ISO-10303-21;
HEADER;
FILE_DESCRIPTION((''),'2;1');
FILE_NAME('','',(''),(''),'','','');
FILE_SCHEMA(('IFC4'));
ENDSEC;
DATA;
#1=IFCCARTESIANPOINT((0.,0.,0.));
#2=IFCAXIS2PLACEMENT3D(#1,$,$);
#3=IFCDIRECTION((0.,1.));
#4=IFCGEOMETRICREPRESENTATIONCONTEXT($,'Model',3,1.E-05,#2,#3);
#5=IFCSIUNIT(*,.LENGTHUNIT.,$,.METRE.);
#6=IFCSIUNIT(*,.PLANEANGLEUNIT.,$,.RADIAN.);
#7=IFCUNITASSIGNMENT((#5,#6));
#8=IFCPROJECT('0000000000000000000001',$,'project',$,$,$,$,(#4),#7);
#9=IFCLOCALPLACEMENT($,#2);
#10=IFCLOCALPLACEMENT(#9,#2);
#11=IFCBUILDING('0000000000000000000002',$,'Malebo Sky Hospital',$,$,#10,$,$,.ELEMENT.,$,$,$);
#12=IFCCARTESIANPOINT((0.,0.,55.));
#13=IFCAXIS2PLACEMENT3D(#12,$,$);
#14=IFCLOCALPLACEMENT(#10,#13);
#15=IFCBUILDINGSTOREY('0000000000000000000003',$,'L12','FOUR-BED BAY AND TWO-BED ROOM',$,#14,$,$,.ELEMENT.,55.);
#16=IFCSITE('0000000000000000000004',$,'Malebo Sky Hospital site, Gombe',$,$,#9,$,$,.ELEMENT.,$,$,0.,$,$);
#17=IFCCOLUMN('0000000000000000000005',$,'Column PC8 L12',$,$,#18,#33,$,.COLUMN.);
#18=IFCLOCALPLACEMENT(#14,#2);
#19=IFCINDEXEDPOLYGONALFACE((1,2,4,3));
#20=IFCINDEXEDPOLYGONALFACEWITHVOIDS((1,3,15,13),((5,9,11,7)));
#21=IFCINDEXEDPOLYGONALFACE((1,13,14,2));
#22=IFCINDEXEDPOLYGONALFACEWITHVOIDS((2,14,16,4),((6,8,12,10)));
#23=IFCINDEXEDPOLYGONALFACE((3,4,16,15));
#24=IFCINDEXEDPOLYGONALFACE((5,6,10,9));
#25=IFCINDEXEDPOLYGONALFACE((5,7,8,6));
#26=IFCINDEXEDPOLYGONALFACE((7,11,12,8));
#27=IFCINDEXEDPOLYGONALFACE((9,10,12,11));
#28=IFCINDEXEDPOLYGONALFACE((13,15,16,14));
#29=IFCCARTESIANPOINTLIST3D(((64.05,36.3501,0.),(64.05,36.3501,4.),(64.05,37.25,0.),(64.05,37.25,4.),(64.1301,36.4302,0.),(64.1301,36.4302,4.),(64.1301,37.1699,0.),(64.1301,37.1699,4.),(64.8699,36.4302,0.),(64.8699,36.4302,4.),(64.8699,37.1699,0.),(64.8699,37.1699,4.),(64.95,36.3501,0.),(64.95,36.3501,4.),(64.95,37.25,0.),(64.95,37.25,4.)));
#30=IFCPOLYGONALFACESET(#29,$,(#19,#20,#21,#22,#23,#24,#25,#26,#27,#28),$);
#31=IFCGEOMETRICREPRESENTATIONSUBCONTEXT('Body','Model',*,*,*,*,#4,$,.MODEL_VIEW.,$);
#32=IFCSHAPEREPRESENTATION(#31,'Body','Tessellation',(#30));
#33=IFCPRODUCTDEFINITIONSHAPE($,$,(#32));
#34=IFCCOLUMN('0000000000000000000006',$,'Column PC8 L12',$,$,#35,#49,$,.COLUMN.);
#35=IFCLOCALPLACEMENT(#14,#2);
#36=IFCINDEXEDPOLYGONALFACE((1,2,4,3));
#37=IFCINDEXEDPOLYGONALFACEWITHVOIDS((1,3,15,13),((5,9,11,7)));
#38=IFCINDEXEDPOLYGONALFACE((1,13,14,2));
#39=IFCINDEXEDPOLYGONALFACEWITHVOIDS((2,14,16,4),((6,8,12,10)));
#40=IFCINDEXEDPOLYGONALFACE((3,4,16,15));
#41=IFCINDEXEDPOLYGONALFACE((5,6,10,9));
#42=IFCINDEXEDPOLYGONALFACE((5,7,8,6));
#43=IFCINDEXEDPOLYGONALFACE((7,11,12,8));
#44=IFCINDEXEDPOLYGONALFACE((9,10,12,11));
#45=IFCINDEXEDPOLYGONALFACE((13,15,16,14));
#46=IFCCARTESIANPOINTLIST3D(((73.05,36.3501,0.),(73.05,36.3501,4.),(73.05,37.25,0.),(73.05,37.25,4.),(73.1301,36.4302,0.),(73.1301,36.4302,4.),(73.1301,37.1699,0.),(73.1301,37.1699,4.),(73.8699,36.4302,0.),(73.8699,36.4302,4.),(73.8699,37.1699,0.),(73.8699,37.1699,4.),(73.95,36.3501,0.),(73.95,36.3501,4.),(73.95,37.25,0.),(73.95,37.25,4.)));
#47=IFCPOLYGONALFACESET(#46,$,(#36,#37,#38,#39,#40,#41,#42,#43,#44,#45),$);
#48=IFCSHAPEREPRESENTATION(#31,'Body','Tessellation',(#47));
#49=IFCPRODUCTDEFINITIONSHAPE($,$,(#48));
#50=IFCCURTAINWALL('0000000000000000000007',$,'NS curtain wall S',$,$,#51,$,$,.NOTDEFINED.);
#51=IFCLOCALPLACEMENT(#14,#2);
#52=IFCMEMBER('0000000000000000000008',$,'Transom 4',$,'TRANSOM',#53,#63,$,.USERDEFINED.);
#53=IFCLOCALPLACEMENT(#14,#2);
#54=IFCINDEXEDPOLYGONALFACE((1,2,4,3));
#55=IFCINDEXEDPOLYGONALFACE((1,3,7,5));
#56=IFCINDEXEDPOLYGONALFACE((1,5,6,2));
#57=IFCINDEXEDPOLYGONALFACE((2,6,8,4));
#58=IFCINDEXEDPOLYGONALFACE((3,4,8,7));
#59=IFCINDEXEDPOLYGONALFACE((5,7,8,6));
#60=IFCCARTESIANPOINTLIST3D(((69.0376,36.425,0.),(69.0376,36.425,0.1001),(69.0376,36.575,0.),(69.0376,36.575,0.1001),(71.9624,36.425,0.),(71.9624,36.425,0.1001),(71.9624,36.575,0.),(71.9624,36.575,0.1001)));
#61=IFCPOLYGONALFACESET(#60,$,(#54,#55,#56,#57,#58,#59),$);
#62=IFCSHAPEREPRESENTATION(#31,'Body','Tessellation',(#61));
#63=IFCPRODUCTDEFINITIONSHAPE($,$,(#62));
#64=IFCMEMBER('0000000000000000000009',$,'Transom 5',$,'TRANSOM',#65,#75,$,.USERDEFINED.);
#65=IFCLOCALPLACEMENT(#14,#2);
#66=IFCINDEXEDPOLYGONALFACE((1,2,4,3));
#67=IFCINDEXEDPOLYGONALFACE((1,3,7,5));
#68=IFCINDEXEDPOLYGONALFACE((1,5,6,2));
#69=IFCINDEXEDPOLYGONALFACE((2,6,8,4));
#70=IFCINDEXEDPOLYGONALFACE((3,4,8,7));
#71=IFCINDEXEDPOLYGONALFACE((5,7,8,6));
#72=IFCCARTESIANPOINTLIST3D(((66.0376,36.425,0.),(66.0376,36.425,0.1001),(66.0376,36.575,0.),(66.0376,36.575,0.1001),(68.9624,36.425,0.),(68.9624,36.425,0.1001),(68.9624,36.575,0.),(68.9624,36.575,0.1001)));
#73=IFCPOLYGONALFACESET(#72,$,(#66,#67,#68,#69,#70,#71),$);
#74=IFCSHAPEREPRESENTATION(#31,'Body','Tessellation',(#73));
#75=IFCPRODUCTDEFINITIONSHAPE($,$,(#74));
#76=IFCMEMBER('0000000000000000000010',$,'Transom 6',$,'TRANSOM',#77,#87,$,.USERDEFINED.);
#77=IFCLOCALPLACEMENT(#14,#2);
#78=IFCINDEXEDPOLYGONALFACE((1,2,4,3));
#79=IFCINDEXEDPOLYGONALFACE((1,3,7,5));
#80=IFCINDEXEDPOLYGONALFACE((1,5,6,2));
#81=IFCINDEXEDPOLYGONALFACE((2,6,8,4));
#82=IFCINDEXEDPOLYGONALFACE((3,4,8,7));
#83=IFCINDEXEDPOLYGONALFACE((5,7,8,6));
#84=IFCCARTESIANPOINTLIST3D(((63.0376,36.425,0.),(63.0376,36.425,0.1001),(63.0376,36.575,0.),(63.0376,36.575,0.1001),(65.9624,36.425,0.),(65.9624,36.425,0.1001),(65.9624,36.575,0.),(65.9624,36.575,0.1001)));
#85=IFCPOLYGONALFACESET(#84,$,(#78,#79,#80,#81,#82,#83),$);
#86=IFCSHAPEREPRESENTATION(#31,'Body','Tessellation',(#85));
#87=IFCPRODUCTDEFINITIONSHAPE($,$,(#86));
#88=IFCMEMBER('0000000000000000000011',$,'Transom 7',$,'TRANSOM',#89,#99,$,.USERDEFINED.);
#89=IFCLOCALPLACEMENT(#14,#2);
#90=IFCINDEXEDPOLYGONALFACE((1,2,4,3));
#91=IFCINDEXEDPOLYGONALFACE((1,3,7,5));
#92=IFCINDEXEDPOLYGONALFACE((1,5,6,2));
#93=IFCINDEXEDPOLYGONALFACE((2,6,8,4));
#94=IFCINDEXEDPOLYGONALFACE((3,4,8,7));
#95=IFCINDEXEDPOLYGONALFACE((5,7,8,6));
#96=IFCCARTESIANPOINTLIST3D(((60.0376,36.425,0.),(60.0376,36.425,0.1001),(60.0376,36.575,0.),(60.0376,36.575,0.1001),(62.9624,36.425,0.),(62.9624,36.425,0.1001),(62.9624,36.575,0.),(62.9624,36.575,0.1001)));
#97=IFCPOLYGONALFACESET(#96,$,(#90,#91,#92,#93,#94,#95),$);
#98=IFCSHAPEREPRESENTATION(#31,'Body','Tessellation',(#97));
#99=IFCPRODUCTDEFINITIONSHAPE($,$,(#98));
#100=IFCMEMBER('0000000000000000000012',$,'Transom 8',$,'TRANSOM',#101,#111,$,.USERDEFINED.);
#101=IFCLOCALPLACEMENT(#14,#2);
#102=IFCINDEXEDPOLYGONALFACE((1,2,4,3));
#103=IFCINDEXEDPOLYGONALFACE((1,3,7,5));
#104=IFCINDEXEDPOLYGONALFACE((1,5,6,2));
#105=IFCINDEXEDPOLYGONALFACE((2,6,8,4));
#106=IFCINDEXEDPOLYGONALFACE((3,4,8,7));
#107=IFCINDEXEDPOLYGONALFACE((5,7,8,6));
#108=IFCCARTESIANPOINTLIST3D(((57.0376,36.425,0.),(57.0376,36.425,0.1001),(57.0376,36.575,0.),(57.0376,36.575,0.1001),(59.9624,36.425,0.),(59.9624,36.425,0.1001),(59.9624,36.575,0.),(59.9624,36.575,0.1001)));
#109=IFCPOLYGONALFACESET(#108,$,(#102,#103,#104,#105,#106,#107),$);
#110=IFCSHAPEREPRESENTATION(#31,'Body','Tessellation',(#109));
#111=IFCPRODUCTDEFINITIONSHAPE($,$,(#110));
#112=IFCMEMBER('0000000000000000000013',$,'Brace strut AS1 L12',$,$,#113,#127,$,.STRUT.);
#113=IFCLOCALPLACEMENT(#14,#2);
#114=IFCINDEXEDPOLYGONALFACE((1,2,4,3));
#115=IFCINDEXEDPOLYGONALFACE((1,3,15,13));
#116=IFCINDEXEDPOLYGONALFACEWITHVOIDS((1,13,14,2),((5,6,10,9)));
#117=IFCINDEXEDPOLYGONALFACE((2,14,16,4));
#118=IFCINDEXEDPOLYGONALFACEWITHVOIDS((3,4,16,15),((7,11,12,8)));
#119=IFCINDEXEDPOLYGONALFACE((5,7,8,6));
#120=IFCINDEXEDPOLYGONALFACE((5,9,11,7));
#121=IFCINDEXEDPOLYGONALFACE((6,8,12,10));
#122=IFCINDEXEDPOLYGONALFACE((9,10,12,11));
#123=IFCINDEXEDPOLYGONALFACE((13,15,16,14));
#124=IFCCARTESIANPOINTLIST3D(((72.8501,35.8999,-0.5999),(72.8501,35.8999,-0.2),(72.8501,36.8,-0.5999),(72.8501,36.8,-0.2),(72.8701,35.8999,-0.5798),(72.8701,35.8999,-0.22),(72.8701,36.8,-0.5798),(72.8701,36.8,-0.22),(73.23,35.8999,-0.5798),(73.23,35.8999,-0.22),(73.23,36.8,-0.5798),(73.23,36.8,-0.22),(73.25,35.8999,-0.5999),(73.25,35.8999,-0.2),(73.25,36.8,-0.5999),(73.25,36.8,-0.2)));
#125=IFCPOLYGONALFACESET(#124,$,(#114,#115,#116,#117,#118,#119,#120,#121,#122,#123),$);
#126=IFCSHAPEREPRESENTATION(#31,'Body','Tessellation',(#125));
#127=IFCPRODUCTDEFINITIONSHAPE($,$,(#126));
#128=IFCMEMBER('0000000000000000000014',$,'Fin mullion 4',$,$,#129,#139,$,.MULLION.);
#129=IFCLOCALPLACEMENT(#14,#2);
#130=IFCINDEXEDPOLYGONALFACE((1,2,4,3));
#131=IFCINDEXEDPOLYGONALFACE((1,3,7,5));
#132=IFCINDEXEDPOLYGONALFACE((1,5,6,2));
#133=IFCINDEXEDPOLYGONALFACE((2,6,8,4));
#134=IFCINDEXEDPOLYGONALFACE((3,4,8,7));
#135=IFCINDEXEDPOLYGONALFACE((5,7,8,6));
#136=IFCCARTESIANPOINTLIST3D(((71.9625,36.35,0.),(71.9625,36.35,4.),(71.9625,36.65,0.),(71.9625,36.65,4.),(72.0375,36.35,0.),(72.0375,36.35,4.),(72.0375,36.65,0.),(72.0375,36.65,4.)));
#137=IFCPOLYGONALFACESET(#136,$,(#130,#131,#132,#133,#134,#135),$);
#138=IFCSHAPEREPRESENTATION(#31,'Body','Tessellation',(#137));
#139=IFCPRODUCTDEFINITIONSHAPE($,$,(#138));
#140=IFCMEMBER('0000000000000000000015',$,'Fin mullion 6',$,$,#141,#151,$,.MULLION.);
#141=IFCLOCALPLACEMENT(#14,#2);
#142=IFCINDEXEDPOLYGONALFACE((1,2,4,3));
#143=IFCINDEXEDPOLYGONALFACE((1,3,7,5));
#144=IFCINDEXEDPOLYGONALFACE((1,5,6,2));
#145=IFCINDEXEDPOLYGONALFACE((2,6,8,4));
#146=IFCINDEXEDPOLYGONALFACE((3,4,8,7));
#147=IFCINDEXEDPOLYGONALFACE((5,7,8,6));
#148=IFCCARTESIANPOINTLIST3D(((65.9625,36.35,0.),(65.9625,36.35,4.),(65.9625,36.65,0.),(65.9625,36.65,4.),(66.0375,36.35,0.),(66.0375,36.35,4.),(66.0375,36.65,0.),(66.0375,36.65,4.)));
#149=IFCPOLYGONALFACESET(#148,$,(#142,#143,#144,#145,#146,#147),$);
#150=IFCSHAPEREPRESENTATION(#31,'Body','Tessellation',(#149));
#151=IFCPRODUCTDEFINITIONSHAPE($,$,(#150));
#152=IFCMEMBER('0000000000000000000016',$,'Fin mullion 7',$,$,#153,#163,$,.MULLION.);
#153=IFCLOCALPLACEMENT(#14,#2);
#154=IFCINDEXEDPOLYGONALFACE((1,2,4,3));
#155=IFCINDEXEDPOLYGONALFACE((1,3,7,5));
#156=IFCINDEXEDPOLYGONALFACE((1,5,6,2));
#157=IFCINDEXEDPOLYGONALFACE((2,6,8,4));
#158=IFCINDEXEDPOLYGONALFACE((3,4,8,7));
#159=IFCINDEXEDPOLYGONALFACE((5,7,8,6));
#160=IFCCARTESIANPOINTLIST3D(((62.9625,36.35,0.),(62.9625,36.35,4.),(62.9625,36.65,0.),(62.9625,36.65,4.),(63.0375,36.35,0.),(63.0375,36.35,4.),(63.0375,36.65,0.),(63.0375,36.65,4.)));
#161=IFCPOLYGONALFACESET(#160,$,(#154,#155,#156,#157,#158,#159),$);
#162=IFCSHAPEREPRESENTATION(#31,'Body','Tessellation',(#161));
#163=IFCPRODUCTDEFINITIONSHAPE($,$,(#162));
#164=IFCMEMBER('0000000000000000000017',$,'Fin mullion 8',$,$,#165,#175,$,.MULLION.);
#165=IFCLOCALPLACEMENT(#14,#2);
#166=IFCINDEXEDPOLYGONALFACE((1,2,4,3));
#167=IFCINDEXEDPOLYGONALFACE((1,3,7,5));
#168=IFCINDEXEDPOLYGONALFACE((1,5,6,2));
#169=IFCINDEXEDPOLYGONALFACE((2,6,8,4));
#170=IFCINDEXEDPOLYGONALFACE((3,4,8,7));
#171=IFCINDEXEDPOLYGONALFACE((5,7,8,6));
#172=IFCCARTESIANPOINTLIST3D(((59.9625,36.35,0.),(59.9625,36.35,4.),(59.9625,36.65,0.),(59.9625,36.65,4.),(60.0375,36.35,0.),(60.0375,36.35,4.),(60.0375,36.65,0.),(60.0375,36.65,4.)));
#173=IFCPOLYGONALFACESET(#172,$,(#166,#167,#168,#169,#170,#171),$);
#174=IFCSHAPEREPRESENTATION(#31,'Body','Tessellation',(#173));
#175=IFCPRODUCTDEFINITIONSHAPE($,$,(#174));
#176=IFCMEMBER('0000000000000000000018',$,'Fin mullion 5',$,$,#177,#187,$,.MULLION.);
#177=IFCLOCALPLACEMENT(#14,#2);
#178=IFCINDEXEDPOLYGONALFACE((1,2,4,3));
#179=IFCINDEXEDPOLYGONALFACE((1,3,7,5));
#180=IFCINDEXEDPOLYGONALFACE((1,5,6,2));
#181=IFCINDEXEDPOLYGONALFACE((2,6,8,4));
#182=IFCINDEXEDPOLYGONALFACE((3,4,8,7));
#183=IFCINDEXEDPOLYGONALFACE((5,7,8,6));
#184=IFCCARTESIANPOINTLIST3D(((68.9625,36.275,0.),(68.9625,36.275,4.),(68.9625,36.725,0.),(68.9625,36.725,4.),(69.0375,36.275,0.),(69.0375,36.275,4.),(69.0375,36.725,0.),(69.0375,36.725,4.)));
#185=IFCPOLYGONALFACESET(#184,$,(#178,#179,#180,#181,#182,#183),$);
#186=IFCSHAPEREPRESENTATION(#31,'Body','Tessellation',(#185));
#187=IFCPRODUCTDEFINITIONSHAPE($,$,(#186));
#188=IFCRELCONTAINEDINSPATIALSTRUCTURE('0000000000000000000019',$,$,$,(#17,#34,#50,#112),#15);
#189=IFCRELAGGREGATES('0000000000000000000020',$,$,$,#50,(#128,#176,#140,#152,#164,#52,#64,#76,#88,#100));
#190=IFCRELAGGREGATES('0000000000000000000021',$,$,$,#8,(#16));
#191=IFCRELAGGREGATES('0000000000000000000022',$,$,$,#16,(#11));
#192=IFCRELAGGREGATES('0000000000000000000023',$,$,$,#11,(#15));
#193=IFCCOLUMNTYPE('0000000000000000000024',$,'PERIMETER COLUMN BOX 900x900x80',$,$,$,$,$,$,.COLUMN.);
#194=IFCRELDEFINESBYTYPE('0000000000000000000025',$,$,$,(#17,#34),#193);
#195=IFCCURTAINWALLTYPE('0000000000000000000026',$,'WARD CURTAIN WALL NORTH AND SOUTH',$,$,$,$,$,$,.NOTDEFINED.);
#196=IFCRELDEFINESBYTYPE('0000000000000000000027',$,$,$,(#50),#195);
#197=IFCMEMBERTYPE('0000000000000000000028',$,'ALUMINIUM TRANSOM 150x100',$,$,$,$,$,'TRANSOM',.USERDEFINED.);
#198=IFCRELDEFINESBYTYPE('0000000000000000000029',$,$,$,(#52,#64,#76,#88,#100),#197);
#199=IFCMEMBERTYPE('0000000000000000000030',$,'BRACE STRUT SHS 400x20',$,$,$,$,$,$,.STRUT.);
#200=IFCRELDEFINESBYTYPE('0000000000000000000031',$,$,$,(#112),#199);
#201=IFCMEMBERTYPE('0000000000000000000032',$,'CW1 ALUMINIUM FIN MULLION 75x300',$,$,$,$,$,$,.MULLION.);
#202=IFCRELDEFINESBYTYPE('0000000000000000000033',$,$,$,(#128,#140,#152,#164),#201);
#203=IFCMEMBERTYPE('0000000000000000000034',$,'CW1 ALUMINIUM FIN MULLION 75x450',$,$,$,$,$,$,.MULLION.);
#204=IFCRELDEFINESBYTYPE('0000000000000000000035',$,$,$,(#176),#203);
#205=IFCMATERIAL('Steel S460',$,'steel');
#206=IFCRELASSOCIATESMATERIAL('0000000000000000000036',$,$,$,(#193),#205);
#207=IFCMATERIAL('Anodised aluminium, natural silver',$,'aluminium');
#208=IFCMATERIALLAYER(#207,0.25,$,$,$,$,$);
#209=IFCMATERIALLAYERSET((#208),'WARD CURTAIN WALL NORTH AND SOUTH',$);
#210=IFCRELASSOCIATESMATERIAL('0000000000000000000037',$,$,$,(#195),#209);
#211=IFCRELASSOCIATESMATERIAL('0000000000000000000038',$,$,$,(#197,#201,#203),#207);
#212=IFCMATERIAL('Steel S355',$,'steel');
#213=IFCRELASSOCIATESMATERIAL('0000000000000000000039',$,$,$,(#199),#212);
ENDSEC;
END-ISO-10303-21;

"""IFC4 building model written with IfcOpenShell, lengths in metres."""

from ifc_helpers import new_model, si_unit, direction, frame, origin, origin_2d, place, context, subcontext, project, spatial, rectangle, hollow_rectangle, extrude, material, layer, layer_set, material_profile, profile_set, type_object, element, aggregate, save


model = new_model("IFC4")

# Units and contexts
model_context = context("Model", 3, precision=1e-05, world=origin(), true_north=direction((0.0, 1.0)))
body_context = subcontext(model_context, "Body", "Model", "MODEL_VIEW")
ifc_project = project(units=[si_unit("LENGTHUNIT", "METRE"), si_unit("PLANEANGLEUNIT", "RADIAN")], contexts=[model_context])

# Site, building, storey
site_placement = place(None, origin())
site = spatial("IfcSite", under=ifc_project, at=site_placement, Name="Malebo Sky Hospital site, Gombe", CompositionType="ELEMENT", RefElevation=0.0)
building_placement = place(site_placement, origin())
building = spatial("IfcBuilding", under=site, at=building_placement, Name="Malebo Sky Hospital", CompositionType="ELEMENT")
storey_placement = place(building_placement, frame((0.0, 0.0, 55.0)))
storey = spatial("IfcBuildingStorey", under=building, at=storey_placement, Name="L12", Description="FOUR-BED BAY AND TWO-BED ROOM", CompositionType="ELEMENT", Elevation=55.0)

# Columns
ifc_material_1 = material(Name="Steel S460", Category="steel")
ifc_material_profile_1 = material_profile(ifc_material_1, hollow_rectangle(XDim=0.8999, YDim=0.8999, WallThickness=0.0801, at=origin_2d()), Name="BOX 900x900x80")
ifc_profile_set_1 = profile_set([ifc_material_profile_1], Name="Steel S460")
column_type = type_object("IfcColumnType", Name="PERIMETER COLUMN BOX 900x900x80", PredefinedType="COLUMN", material=ifc_profile_set_1)
for number, where, z_axis, x_axis, name in (
    (1, (64.5, 36.8, 0.0), (0.0, 0.0, 1.0), (1.0, 0.0, 0.0), "Column PC8 L12"),
    (2, (73.5, 36.8, 0.0), (0.0, 0.0, 1.0), (1.0, 0.0, 0.0), "Column PC8 L12"),
):
    element("IfcColumn", number, at=place(storey_placement, frame(where, z_axis=z_axis, x_axis=x_axis)), inside=storey, type_object=column_type, Name=name, PredefinedType="COLUMN", context=body_context, shape_type="SweptSolid", body=[
        extrude(hollow_rectangle(XDim=0.8999, YDim=0.8999, WallThickness=0.0801, at=origin_2d()), origin(), (0.0, 0.0, 1.0), 4.0),
    ])

# Curtain wall, members
ifc_material_2 = material(Name="Anodised aluminium, natural silver", Category="aluminium")
ifc_layer_1 = layer(ifc_material_2, 0.25)
ifc_layer_set_1 = layer_set([ifc_layer_1], Name="WARD CURTAIN WALL NORTH AND SOUTH")
curtain_wall_type = type_object("IfcCurtainWallType", Name="WARD CURTAIN WALL NORTH AND SOUTH", PredefinedType="NOTDEFINED", material=ifc_layer_set_1)
curtain_wall_placement = place(storey_placement, origin())
curtain_wall = element("IfcCurtainWall", 3, at=curtain_wall_placement, inside=storey, type_object=curtain_wall_type, Name="NS curtain wall S", PredefinedType="NOTDEFINED")
ifc_material_profile_2 = material_profile(ifc_material_2, rectangle(XDim=0.1499, YDim=0.1001, at=origin_2d()), Name="ALUMINIUM TRANSOM 150x100")
ifc_profile_set_2 = profile_set([ifc_material_profile_2], Name="Anodised aluminium, natural silver")
member_type_1 = type_object("IfcMemberType", Name="ALUMINIUM TRANSOM 150x100", ElementType="TRANSOM", PredefinedType="USERDEFINED", material=ifc_profile_set_2)
member_1_placement = place(storey_placement, frame((71.9624, 36.5, 0.05), z_axis=(-1.0, 0.0, 0.0), x_axis=(0.0, -1.0, 0.0)))
member_1 = element("IfcMember", 4, at=member_1_placement, type_object=member_type_1, Name="Transom 4", ObjectType="TRANSOM", PredefinedType="USERDEFINED", context=body_context, shape_type="SweptSolid", body=[
    extrude(rectangle(XDim=0.1499, YDim=0.1001, at=origin_2d()), origin(), (0.0, 0.0, 1.0), 2.9248),
])
member_2_placement = place(storey_placement, frame((68.9624, 36.5, 0.05), z_axis=(-1.0, 0.0, 0.0), x_axis=(0.0, -1.0, 0.0)))
member_2 = element("IfcMember", 5, at=member_2_placement, type_object=member_type_1, Name="Transom 5", ObjectType="TRANSOM", PredefinedType="USERDEFINED", context=body_context, shape_type="SweptSolid", body=[
    extrude(rectangle(XDim=0.1499, YDim=0.1001, at=origin_2d()), origin(), (0.0, 0.0, 1.0), 2.9248),
])
member_3_placement = place(storey_placement, frame((65.9624, 36.5, 0.05), z_axis=(-1.0, 0.0, 0.0), x_axis=(0.0, -1.0, 0.0)))
member_3 = element("IfcMember", 6, at=member_3_placement, type_object=member_type_1, Name="Transom 6", ObjectType="TRANSOM", PredefinedType="USERDEFINED", context=body_context, shape_type="SweptSolid", body=[
    extrude(rectangle(XDim=0.1499, YDim=0.1001, at=origin_2d()), origin(), (0.0, 0.0, 1.0), 2.9248),
])
member_4_placement = place(storey_placement, frame((62.9624, 36.5, 0.05), z_axis=(-1.0, 0.0, 0.0), x_axis=(0.0, -1.0, 0.0)))
member_4 = element("IfcMember", 7, at=member_4_placement, type_object=member_type_1, Name="Transom 7", ObjectType="TRANSOM", PredefinedType="USERDEFINED", context=body_context, shape_type="SweptSolid", body=[
    extrude(rectangle(XDim=0.1499, YDim=0.1001, at=origin_2d()), origin(), (0.0, 0.0, 1.0), 2.9248),
])
member_5_placement = place(storey_placement, frame((59.9624, 36.5, 0.05), z_axis=(-1.0, 0.0, 0.0), x_axis=(0.0, -1.0, 0.0)))
member_5 = element("IfcMember", 8, at=member_5_placement, type_object=member_type_1, Name="Transom 8", ObjectType="TRANSOM", PredefinedType="USERDEFINED", context=body_context, shape_type="SweptSolid", body=[
    extrude(rectangle(XDim=0.1499, YDim=0.1001, at=origin_2d()), origin(), (0.0, 0.0, 1.0), 2.9248),
])

# Members
ifc_material_3 = material(Name="Steel S355", Category="steel")
ifc_material_profile_3 = material_profile(ifc_material_3, hollow_rectangle(XDim=0.3999, YDim=0.3999, WallThickness=0.02, at=origin_2d()), Name="SHS 400x20")
ifc_profile_set_3 = profile_set([ifc_material_profile_3], Name="Steel S355")
member_type_2 = type_object("IfcMemberType", Name="BRACE STRUT SHS 400x20", PredefinedType="STRUT", material=ifc_profile_set_3)
member_6_placement = place(storey_placement, frame((73.05, 35.8999, -0.3999), z_axis=(0.0, 1.0, 0.0), x_axis=(-1.0, 0.0, 0.0)))
element("IfcMember", 9, at=member_6_placement, inside=storey, type_object=member_type_2, Name="Brace strut AS1 L12", PredefinedType="STRUT", context=body_context, shape_type="SweptSolid", body=[
    extrude(hollow_rectangle(XDim=0.3999, YDim=0.3999, WallThickness=0.02, at=origin_2d()), origin(), (0.0, 0.0, 1.0), 0.9001),
])
ifc_material_profile_4 = material_profile(ifc_material_2, rectangle(XDim=0.075, YDim=0.3, at=origin_2d()), Name="CW1 ALUMINIUM FIN MULLION 75x300")
ifc_profile_set_4 = profile_set([ifc_material_profile_4], Name="Anodised aluminium, natural silver")
member_type_3 = type_object("IfcMemberType", Name="CW1 ALUMINIUM FIN MULLION 75x300", PredefinedType="MULLION", material=ifc_profile_set_4)
member_7_placement = place(storey_placement, frame((72.0, 36.5, 0.0), z_axis=(0.0, 0.0, 1.0), x_axis=(-1.0, 0.0, 0.0)))
member_7 = element("IfcMember", 10, at=member_7_placement, type_object=member_type_3, Name="Fin mullion 4", PredefinedType="MULLION", context=body_context, shape_type="SweptSolid", body=[
    extrude(rectangle(XDim=0.075, YDim=0.3, at=origin_2d()), origin(), (0.0, 0.0, 1.0), 4.0),
])
member_8_placement = place(storey_placement, frame((66.0, 36.5, 0.0), z_axis=(0.0, 0.0, 1.0), x_axis=(-1.0, 0.0, 0.0)))
member_8 = element("IfcMember", 11, at=member_8_placement, type_object=member_type_3, Name="Fin mullion 6", PredefinedType="MULLION", context=body_context, shape_type="SweptSolid", body=[
    extrude(rectangle(XDim=0.075, YDim=0.3, at=origin_2d()), origin(), (0.0, 0.0, 1.0), 4.0),
])
member_9_placement = place(storey_placement, frame((63.0, 36.5, 0.0), z_axis=(0.0, 0.0, 1.0), x_axis=(-1.0, 0.0, 0.0)))
member_9 = element("IfcMember", 12, at=member_9_placement, type_object=member_type_3, Name="Fin mullion 7", PredefinedType="MULLION", context=body_context, shape_type="SweptSolid", body=[
    extrude(rectangle(XDim=0.075, YDim=0.3, at=origin_2d()), origin(), (0.0, 0.0, 1.0), 4.0),
])
member_10_placement = place(storey_placement, frame((60.0, 36.5, 0.0), z_axis=(0.0, 0.0, 1.0), x_axis=(-1.0, 0.0, 0.0)))
member_10 = element("IfcMember", 13, at=member_10_placement, type_object=member_type_3, Name="Fin mullion 8", PredefinedType="MULLION", context=body_context, shape_type="SweptSolid", body=[
    extrude(rectangle(XDim=0.075, YDim=0.3, at=origin_2d()), origin(), (0.0, 0.0, 1.0), 4.0),
])
ifc_material_profile_5 = material_profile(ifc_material_2, rectangle(XDim=0.075, YDim=0.45, at=origin_2d()), Name="CW1 ALUMINIUM FIN MULLION 75x450")
ifc_profile_set_5 = profile_set([ifc_material_profile_5], Name="Anodised aluminium, natural silver")
member_type_4 = type_object("IfcMemberType", Name="CW1 ALUMINIUM FIN MULLION 75x450", PredefinedType="MULLION", material=ifc_profile_set_5)
member_11_placement = place(storey_placement, frame((69.0, 36.5, 0.0), z_axis=(0.0, 0.0, 1.0), x_axis=(-1.0, 0.0, 0.0)))
member_11 = element("IfcMember", 14, at=member_11_placement, type_object=member_type_4, Name="Fin mullion 5", PredefinedType="MULLION", context=body_context, shape_type="SweptSolid", body=[
    extrude(rectangle(XDim=0.075, YDim=0.45, at=origin_2d()), origin(), (0.0, 0.0, 1.0), 4.0),
])

aggregate(curtain_wall, [member_7, member_11, member_8, member_9, member_10, member_1, member_2, member_3, member_4, member_5])

save(model, "model.ifc")
